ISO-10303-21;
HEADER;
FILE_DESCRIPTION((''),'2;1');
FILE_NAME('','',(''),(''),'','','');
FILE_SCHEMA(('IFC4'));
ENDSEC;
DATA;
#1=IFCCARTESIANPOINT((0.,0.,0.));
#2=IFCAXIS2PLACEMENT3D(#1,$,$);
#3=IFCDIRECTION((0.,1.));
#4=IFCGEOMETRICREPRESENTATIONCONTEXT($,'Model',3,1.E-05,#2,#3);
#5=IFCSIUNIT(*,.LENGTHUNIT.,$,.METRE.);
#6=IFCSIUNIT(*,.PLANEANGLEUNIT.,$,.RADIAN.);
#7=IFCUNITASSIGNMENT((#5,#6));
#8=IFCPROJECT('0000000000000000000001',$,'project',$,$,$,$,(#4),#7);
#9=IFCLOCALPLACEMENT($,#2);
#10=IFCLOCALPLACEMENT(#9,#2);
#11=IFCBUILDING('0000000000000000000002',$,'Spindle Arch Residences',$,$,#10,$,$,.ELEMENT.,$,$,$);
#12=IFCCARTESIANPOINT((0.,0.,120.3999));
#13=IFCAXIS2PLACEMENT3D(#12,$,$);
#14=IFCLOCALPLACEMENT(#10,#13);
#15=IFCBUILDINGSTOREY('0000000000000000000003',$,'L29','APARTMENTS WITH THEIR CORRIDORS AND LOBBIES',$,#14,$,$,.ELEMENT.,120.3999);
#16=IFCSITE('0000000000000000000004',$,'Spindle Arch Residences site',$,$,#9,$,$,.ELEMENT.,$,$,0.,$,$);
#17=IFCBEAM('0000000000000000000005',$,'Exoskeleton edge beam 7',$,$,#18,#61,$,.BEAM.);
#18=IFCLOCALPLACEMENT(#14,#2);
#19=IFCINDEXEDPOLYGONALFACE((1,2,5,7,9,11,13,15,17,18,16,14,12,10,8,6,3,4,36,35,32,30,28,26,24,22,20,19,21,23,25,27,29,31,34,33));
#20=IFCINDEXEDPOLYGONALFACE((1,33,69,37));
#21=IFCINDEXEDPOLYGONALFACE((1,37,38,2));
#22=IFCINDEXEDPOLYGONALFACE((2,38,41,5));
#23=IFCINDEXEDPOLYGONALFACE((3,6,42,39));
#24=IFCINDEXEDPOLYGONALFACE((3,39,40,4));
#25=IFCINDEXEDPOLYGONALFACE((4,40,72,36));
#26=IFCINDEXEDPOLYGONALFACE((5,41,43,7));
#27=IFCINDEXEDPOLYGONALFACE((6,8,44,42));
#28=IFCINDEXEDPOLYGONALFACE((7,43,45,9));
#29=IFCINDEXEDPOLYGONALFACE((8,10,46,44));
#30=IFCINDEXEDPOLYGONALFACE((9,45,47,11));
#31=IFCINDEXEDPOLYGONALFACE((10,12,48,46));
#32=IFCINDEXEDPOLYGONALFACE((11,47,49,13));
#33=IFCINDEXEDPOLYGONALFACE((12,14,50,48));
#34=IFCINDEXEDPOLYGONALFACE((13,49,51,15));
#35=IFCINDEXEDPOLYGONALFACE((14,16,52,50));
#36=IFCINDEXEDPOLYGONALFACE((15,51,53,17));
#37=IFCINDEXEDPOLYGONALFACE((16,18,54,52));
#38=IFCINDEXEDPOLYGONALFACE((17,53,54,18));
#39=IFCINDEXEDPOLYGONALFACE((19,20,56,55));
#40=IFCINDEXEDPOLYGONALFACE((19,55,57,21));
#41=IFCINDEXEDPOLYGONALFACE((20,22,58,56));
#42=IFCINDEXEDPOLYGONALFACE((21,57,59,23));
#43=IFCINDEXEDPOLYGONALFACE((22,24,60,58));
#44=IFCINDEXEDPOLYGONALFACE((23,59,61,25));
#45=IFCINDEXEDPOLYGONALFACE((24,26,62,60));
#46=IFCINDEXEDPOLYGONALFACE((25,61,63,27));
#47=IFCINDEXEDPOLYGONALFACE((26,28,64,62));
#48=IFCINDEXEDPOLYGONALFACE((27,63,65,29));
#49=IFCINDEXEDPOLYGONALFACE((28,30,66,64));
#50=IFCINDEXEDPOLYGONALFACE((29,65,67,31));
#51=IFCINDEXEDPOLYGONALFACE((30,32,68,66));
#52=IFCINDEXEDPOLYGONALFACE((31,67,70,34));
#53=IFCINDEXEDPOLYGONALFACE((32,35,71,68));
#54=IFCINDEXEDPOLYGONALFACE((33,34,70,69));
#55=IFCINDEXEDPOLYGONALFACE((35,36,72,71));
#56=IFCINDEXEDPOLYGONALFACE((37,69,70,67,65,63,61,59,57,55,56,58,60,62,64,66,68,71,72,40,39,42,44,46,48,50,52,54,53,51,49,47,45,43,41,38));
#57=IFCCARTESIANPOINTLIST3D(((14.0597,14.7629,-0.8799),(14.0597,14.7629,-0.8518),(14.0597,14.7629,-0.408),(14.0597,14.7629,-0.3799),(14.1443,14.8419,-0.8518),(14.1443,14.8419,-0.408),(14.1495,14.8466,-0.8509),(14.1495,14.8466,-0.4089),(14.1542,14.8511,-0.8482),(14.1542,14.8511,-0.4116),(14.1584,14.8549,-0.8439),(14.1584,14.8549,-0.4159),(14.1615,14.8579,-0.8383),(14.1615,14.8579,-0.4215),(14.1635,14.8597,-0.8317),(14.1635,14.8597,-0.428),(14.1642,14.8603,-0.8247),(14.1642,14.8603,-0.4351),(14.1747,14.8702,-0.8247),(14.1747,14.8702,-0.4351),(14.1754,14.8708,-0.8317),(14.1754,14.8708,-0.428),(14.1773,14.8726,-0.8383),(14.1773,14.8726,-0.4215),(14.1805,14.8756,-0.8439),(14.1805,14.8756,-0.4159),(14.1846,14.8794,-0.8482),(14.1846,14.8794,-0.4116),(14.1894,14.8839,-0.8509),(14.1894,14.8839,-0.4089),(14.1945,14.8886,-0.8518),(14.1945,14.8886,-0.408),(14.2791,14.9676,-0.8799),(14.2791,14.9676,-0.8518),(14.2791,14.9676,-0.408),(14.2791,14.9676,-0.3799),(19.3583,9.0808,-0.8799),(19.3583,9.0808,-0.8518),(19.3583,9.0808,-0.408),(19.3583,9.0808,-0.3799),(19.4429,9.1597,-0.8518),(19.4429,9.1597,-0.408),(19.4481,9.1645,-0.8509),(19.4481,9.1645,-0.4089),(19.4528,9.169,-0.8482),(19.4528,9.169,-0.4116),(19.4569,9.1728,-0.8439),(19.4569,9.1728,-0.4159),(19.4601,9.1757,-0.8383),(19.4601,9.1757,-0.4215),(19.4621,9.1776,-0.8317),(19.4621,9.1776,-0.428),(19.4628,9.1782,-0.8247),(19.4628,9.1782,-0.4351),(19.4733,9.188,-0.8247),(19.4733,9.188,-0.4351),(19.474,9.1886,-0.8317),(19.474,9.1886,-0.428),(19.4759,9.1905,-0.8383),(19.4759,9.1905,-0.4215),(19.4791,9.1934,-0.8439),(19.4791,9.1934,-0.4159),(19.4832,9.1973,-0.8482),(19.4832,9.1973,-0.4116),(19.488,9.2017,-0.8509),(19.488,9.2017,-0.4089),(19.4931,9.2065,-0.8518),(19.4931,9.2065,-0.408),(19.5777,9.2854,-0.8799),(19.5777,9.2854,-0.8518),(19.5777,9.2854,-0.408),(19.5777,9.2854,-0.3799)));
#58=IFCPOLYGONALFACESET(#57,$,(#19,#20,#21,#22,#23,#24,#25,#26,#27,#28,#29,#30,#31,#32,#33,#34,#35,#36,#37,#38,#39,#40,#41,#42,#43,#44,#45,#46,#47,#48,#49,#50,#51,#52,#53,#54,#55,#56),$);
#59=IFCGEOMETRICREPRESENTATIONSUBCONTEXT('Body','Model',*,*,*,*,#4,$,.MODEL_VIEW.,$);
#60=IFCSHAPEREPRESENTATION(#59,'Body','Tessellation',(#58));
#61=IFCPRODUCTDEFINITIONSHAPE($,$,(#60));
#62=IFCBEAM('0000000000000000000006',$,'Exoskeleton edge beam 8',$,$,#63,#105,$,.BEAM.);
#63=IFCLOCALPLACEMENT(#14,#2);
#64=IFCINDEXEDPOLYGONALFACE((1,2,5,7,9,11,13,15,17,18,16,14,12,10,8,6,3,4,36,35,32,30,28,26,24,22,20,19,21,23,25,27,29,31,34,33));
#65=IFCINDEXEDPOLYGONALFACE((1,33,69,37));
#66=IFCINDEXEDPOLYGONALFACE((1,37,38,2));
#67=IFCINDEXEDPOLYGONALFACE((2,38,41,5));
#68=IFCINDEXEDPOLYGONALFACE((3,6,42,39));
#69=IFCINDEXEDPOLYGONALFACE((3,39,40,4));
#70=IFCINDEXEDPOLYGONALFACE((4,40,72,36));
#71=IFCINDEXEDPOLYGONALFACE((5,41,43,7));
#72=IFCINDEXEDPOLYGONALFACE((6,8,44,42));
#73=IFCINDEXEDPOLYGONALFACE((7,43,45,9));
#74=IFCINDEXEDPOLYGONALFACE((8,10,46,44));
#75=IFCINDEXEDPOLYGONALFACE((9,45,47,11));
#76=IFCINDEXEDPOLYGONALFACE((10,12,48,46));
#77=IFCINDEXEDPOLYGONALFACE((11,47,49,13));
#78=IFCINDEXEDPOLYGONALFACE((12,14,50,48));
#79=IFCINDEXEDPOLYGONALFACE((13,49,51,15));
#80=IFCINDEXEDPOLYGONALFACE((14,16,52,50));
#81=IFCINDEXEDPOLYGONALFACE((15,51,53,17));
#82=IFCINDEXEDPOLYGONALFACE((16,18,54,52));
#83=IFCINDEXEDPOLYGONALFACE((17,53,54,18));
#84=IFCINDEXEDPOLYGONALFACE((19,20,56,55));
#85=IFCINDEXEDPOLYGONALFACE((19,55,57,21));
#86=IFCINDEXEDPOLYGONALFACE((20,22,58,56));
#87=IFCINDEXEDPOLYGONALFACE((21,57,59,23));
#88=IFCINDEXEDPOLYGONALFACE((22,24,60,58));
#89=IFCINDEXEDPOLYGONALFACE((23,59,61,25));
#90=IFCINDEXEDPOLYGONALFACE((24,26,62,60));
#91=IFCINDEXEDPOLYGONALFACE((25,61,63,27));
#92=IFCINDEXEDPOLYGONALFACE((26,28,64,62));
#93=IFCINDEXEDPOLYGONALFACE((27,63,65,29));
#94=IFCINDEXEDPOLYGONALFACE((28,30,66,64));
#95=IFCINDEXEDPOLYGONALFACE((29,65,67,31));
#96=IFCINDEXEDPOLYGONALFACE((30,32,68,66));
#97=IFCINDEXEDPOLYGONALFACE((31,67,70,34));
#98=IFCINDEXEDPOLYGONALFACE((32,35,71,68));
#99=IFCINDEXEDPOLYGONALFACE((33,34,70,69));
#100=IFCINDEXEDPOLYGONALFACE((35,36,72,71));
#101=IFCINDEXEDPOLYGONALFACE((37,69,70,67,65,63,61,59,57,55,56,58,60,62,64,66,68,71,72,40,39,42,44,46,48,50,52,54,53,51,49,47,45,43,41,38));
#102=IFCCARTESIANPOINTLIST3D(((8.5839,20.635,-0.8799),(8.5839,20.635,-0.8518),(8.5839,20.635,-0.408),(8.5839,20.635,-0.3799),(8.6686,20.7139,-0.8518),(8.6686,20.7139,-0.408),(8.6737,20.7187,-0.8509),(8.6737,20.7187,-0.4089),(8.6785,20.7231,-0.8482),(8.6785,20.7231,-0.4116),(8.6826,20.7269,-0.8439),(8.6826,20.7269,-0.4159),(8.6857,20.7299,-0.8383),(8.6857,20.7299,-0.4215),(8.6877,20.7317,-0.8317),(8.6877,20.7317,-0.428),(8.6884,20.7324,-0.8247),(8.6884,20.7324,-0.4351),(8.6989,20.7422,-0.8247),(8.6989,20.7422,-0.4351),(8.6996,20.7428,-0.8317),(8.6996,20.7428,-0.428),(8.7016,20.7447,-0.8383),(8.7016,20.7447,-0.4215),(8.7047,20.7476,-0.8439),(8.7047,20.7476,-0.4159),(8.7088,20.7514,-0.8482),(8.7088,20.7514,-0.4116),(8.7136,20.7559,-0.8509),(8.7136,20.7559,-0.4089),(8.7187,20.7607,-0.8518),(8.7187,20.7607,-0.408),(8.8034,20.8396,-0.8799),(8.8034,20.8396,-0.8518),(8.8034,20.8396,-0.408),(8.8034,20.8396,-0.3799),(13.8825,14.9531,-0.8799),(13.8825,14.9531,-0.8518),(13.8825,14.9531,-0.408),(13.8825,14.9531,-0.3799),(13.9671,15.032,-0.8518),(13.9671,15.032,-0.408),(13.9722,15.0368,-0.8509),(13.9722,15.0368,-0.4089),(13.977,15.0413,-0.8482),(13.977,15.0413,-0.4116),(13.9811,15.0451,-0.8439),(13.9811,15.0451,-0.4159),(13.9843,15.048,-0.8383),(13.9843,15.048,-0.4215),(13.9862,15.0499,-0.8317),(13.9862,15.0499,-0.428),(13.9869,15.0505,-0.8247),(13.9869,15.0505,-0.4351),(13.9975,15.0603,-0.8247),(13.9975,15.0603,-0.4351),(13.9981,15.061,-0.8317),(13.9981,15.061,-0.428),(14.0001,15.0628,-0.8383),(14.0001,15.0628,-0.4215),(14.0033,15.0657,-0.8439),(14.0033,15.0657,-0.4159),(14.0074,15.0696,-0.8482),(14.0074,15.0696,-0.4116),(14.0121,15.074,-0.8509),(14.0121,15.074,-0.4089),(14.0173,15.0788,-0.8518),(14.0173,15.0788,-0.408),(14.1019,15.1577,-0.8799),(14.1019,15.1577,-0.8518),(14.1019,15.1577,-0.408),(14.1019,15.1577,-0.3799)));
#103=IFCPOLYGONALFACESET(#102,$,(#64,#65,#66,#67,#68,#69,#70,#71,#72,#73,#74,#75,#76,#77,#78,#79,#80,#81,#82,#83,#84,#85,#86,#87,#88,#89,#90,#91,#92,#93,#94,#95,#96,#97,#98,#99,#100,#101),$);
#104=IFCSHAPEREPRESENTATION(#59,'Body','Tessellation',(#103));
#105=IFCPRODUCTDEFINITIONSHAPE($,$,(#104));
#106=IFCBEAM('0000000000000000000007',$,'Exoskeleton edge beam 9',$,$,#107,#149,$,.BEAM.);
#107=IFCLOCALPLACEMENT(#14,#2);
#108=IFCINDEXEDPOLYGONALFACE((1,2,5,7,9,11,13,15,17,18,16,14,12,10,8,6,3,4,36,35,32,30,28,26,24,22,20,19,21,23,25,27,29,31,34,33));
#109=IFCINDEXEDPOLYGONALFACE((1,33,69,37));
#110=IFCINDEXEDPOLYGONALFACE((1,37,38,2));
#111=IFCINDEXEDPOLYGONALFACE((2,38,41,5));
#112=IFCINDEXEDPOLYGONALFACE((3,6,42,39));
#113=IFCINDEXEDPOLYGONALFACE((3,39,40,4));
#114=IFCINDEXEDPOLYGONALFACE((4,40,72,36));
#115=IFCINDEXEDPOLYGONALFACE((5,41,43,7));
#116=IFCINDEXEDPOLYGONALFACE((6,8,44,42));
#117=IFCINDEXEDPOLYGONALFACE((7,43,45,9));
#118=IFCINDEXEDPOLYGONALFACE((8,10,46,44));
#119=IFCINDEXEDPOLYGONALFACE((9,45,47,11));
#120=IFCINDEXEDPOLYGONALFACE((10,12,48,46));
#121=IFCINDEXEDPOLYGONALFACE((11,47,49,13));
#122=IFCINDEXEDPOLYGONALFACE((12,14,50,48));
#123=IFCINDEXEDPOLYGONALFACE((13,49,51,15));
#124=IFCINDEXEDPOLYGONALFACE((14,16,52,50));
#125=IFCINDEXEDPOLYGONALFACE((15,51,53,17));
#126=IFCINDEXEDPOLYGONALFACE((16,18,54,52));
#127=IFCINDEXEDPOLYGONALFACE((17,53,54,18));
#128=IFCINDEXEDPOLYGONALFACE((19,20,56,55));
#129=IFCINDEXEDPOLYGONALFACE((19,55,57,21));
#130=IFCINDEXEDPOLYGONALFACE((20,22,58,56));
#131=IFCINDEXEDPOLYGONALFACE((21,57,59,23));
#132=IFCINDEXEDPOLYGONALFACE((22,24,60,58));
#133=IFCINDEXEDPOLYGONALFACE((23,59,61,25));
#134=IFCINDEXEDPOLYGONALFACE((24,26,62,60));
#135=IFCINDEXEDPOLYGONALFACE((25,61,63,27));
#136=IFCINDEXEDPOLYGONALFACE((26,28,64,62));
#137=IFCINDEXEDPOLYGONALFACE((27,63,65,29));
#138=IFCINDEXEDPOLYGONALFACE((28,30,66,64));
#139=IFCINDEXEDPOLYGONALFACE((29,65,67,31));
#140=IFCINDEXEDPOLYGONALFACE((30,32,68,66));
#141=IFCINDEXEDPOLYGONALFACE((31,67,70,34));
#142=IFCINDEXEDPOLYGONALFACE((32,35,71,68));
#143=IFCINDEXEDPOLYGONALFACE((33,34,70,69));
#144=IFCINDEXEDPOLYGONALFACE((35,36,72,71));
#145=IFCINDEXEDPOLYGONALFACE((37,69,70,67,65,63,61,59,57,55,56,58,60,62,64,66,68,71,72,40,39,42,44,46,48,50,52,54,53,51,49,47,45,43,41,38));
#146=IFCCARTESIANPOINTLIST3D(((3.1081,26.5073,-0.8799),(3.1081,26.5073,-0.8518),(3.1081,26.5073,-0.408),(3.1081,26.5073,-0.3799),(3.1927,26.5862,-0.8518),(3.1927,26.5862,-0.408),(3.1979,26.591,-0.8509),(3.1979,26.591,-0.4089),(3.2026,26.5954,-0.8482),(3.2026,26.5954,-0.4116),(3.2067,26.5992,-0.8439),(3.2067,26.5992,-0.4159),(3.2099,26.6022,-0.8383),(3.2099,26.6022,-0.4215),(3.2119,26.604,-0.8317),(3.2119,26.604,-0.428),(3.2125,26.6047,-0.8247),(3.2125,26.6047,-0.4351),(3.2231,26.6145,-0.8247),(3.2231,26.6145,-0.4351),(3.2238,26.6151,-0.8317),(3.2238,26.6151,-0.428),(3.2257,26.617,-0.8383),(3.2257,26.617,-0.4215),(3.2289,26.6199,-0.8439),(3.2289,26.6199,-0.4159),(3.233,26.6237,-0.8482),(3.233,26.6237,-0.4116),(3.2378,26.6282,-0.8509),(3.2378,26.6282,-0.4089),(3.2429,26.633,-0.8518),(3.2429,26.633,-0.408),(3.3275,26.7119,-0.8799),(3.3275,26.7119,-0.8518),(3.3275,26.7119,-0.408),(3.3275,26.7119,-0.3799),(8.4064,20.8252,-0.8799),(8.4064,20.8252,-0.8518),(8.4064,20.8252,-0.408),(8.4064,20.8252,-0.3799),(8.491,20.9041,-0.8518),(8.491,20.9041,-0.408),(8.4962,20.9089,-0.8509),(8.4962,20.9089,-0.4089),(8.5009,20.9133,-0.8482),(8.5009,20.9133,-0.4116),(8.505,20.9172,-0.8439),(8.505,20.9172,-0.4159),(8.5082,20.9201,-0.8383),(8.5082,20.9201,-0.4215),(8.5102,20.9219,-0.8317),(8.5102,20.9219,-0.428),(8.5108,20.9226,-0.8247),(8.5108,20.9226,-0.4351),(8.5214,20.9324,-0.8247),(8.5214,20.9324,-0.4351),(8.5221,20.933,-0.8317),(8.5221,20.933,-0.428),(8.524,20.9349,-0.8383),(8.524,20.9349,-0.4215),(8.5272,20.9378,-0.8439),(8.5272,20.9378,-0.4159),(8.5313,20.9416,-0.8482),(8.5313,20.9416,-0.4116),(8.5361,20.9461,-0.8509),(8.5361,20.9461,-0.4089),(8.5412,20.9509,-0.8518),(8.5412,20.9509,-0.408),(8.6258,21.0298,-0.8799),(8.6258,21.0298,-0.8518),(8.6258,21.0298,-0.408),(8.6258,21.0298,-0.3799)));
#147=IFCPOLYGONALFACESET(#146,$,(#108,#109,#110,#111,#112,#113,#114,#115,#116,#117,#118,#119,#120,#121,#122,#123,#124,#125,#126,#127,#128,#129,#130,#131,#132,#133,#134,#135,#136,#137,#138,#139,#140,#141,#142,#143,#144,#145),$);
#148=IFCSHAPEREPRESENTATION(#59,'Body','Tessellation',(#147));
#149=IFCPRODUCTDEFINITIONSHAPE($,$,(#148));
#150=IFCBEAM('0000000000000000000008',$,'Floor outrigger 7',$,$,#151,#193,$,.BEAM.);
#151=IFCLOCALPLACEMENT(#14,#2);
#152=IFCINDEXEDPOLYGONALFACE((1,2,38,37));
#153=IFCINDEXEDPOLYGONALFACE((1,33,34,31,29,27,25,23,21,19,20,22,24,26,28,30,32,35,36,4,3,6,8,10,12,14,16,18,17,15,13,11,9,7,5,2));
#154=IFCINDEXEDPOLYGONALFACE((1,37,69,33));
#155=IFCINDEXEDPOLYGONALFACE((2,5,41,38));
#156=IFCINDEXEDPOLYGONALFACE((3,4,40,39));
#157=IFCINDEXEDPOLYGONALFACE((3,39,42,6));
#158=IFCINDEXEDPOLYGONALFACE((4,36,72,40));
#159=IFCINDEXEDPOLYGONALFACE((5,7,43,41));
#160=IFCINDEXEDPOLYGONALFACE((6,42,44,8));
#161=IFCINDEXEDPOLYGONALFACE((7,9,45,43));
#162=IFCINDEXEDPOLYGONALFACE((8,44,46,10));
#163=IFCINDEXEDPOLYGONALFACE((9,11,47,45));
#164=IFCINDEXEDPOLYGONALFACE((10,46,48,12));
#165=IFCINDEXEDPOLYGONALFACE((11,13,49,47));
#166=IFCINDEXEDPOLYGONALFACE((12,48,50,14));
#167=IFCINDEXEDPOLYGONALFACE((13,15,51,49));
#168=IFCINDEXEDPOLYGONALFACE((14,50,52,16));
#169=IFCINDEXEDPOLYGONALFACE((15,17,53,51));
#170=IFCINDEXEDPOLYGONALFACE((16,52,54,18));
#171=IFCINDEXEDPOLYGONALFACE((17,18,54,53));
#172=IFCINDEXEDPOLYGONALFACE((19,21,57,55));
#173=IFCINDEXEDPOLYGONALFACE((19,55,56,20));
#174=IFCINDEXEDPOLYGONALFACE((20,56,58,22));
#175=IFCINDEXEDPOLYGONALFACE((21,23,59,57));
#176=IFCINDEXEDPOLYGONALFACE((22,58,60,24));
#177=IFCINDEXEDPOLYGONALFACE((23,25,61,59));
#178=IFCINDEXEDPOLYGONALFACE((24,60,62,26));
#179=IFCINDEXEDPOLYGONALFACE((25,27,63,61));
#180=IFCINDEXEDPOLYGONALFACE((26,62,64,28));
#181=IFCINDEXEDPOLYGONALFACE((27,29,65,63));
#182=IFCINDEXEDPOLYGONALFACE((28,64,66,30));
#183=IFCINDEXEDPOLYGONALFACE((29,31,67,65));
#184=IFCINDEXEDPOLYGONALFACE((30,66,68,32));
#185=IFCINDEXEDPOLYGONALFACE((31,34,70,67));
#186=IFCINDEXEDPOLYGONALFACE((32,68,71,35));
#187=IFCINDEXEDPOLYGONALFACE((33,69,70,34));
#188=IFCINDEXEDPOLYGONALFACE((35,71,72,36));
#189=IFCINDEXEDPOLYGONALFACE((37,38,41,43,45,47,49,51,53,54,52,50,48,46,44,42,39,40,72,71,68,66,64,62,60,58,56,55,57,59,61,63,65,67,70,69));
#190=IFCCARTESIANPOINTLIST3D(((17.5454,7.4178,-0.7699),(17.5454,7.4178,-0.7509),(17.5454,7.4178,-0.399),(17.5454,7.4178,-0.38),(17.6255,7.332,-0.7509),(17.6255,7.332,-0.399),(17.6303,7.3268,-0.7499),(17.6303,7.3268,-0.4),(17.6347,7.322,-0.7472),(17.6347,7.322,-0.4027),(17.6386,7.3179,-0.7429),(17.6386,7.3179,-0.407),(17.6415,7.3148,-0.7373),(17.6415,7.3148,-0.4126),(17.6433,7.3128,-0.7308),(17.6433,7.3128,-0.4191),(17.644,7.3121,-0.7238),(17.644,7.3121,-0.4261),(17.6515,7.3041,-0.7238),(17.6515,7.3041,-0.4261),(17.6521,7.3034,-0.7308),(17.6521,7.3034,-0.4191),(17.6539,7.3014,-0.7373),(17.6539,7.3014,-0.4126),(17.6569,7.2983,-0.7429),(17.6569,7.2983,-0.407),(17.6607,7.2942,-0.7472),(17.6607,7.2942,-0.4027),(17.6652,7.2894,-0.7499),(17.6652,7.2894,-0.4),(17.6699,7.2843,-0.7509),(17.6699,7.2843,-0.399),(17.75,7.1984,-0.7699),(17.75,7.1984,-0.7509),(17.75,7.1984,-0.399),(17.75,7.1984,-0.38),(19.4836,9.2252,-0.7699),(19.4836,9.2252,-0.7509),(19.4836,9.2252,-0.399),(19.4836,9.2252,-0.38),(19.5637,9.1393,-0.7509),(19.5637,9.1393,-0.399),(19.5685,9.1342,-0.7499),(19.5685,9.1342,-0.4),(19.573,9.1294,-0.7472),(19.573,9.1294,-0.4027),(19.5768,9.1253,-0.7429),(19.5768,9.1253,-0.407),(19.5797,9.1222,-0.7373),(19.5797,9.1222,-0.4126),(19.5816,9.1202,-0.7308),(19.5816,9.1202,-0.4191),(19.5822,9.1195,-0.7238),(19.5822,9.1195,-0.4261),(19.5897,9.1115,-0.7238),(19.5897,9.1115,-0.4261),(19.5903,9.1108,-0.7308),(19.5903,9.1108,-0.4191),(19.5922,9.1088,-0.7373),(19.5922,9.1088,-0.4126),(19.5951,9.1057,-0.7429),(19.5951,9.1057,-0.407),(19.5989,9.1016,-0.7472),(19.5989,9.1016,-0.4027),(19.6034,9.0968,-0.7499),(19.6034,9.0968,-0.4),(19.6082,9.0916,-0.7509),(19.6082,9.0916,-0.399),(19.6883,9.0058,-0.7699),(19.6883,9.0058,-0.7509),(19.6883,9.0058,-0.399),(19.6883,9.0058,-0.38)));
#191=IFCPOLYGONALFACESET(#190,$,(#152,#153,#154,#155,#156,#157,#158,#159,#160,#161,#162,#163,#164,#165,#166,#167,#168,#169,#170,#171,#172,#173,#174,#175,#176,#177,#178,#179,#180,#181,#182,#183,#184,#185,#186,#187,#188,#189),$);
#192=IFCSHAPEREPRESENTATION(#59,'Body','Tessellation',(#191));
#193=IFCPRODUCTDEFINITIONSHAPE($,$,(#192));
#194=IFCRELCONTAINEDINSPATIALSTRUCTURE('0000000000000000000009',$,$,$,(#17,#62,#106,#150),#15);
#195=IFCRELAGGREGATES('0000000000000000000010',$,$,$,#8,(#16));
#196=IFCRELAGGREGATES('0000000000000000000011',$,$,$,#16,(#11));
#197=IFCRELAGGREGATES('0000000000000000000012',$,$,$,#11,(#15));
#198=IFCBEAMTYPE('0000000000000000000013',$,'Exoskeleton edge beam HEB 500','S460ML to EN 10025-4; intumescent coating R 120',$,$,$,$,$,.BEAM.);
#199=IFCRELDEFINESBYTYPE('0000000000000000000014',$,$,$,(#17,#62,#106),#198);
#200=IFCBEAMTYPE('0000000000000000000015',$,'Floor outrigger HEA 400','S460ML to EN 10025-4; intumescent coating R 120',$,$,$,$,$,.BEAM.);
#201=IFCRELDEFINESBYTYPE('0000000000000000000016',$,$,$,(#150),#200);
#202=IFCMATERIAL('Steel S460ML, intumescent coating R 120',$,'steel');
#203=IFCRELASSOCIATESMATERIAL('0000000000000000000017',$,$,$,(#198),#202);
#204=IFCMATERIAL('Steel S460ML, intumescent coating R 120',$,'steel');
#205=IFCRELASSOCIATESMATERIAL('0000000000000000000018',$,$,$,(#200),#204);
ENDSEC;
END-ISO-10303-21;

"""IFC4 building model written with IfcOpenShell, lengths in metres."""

from ifc_helpers import new_model, si_unit, direction, frame, origin, origin_2d, place, context, subcontext, project, spatial, i_section, extrude, material, material_profile, profile_set, type_object, element, save


model = new_model("IFC4")

# Units and contexts
model_context = context("Model", 3, precision=1e-05, world=origin(), true_north=direction((0.0, 1.0)))
body_context = subcontext(model_context, "Body", "Model", "MODEL_VIEW")
ifc_project = project(units=[si_unit("LENGTHUNIT", "METRE"), si_unit("PLANEANGLEUNIT", "RADIAN")], contexts=[model_context])

# Site, building, storey
site_placement = place(None, origin())
site = spatial("IfcSite", under=ifc_project, at=site_placement, Name="Spindle Arch Residences site", CompositionType="ELEMENT", RefElevation=0.0)
building_placement = place(site_placement, origin())
building = spatial("IfcBuilding", under=site, at=building_placement, Name="Spindle Arch Residences", CompositionType="ELEMENT")
storey_placement = place(building_placement, frame((0.0, 0.0, 120.3999)))
storey = spatial("IfcBuildingStorey", under=building, at=storey_placement, Name="L29", Description="APARTMENTS WITH THEIR CORRIDORS AND LOBBIES", CompositionType="ELEMENT", Elevation=120.3999)

# Beams
ifc_material_1 = material(Name="Steel S460ML, intumescent coating R 120", Category="steel")
ifc_material_profile_1 = material_profile(ifc_material_1, i_section(OverallWidth=0.3, OverallDepth=0.5, WebThickness=0.0144, FlangeThickness=0.0281, FilletRadius=0.0271, at=origin_2d()), Name="HEB 500")
ifc_profile_set_1 = profile_set([ifc_material_profile_1], Name="Steel S460ML, intumescent coating R 120")
beam_type_1 = type_object("IfcBeamType", Name="Exoskeleton edge beam HEB 500", Description="S460ML to EN 10025-4; intumescent coating R 120", PredefinedType="BEAM", material=ifc_profile_set_1)
beam_1_placement = place(storey_placement, frame((19.468, 9.1831, -0.6299), z_axis=(-0.681992, 0.731359, 0.0), x_axis=(-0.731359, -0.681992, 0.0)))
element("IfcBeam", 1, at=beam_1_placement, inside=storey, type_object=beam_type_1, Name="Exoskeleton edge beam 7", PredefinedType="BEAM", context=body_context, shape_type="SweptSolid", body=[
    extrude(i_section(OverallWidth=0.3, OverallDepth=0.5, WebThickness=0.0144, FlangeThickness=0.0281, FilletRadius=0.0271, at=origin_2d()), origin(), (0.0, 0.0, 1.0), 7.7693),
])
for number, where, z_axis, x_axis, name in (
    (2, (13.9922, 15.0554, -0.6299), (-0.682008, 0.731345, 0.0), (-0.731345, -0.682008, 0.0), "Exoskeleton edge beam 8"),
    (3, (8.5161, 20.9275, -0.6299), (-0.681976, 0.731375, 0.0), (-0.731375, -0.681976, 0.0), "Exoskeleton edge beam 9"),
):
    element("IfcBeam", number, at=place(storey_placement, frame(where, z_axis=z_axis, x_axis=x_axis)), inside=storey, type_object=beam_type_1, Name=name, PredefinedType="BEAM", context=body_context, shape_type="SweptSolid", body=[
        extrude(i_section(OverallWidth=0.3, OverallDepth=0.5, WebThickness=0.0144, FlangeThickness=0.0281, FilletRadius=0.0271, at=origin_2d()), origin(), (0.0, 0.0, 1.0), 7.769),
    ])
ifc_material_2 = material(Name="Steel S460ML, intumescent coating R 120", Category="steel")
ifc_material_profile_2 = material_profile(ifc_material_2, i_section(OverallWidth=0.3, OverallDepth=0.3899, WebThickness=0.011, FlangeThickness=0.019, FilletRadius=0.0271, at=origin_2d()), Name="HEA 400")
ifc_profile_set_2 = profile_set([ifc_material_profile_2], Name="Steel S460ML, intumescent coating R 120")
beam_type_2 = type_object("IfcBeamType", Name="Floor outrigger HEA 400", Description="S460ML to EN 10025-4; intumescent coating R 120", PredefinedType="BEAM", material=ifc_profile_set_2)
beam_2_placement = place(storey_placement, frame((19.5859, 9.1155, -0.575), z_axis=(-0.731365, -0.681987, 0.0), x_axis=(0.681987, -0.731365, 0.0)))
element("IfcBeam", 4, at=beam_2_placement, inside=storey, type_object=beam_type_2, Name="Floor outrigger 7", PredefinedType="BEAM", context=body_context, shape_type="SweptSolid", body=[
    extrude(i_section(OverallWidth=0.3, OverallDepth=0.3899, WebThickness=0.011, FlangeThickness=0.019, FilletRadius=0.0271, at=origin_2d()), origin(), (0.0, 0.0, 1.0), 2.6501),
])

save(model, "model.ifc")
